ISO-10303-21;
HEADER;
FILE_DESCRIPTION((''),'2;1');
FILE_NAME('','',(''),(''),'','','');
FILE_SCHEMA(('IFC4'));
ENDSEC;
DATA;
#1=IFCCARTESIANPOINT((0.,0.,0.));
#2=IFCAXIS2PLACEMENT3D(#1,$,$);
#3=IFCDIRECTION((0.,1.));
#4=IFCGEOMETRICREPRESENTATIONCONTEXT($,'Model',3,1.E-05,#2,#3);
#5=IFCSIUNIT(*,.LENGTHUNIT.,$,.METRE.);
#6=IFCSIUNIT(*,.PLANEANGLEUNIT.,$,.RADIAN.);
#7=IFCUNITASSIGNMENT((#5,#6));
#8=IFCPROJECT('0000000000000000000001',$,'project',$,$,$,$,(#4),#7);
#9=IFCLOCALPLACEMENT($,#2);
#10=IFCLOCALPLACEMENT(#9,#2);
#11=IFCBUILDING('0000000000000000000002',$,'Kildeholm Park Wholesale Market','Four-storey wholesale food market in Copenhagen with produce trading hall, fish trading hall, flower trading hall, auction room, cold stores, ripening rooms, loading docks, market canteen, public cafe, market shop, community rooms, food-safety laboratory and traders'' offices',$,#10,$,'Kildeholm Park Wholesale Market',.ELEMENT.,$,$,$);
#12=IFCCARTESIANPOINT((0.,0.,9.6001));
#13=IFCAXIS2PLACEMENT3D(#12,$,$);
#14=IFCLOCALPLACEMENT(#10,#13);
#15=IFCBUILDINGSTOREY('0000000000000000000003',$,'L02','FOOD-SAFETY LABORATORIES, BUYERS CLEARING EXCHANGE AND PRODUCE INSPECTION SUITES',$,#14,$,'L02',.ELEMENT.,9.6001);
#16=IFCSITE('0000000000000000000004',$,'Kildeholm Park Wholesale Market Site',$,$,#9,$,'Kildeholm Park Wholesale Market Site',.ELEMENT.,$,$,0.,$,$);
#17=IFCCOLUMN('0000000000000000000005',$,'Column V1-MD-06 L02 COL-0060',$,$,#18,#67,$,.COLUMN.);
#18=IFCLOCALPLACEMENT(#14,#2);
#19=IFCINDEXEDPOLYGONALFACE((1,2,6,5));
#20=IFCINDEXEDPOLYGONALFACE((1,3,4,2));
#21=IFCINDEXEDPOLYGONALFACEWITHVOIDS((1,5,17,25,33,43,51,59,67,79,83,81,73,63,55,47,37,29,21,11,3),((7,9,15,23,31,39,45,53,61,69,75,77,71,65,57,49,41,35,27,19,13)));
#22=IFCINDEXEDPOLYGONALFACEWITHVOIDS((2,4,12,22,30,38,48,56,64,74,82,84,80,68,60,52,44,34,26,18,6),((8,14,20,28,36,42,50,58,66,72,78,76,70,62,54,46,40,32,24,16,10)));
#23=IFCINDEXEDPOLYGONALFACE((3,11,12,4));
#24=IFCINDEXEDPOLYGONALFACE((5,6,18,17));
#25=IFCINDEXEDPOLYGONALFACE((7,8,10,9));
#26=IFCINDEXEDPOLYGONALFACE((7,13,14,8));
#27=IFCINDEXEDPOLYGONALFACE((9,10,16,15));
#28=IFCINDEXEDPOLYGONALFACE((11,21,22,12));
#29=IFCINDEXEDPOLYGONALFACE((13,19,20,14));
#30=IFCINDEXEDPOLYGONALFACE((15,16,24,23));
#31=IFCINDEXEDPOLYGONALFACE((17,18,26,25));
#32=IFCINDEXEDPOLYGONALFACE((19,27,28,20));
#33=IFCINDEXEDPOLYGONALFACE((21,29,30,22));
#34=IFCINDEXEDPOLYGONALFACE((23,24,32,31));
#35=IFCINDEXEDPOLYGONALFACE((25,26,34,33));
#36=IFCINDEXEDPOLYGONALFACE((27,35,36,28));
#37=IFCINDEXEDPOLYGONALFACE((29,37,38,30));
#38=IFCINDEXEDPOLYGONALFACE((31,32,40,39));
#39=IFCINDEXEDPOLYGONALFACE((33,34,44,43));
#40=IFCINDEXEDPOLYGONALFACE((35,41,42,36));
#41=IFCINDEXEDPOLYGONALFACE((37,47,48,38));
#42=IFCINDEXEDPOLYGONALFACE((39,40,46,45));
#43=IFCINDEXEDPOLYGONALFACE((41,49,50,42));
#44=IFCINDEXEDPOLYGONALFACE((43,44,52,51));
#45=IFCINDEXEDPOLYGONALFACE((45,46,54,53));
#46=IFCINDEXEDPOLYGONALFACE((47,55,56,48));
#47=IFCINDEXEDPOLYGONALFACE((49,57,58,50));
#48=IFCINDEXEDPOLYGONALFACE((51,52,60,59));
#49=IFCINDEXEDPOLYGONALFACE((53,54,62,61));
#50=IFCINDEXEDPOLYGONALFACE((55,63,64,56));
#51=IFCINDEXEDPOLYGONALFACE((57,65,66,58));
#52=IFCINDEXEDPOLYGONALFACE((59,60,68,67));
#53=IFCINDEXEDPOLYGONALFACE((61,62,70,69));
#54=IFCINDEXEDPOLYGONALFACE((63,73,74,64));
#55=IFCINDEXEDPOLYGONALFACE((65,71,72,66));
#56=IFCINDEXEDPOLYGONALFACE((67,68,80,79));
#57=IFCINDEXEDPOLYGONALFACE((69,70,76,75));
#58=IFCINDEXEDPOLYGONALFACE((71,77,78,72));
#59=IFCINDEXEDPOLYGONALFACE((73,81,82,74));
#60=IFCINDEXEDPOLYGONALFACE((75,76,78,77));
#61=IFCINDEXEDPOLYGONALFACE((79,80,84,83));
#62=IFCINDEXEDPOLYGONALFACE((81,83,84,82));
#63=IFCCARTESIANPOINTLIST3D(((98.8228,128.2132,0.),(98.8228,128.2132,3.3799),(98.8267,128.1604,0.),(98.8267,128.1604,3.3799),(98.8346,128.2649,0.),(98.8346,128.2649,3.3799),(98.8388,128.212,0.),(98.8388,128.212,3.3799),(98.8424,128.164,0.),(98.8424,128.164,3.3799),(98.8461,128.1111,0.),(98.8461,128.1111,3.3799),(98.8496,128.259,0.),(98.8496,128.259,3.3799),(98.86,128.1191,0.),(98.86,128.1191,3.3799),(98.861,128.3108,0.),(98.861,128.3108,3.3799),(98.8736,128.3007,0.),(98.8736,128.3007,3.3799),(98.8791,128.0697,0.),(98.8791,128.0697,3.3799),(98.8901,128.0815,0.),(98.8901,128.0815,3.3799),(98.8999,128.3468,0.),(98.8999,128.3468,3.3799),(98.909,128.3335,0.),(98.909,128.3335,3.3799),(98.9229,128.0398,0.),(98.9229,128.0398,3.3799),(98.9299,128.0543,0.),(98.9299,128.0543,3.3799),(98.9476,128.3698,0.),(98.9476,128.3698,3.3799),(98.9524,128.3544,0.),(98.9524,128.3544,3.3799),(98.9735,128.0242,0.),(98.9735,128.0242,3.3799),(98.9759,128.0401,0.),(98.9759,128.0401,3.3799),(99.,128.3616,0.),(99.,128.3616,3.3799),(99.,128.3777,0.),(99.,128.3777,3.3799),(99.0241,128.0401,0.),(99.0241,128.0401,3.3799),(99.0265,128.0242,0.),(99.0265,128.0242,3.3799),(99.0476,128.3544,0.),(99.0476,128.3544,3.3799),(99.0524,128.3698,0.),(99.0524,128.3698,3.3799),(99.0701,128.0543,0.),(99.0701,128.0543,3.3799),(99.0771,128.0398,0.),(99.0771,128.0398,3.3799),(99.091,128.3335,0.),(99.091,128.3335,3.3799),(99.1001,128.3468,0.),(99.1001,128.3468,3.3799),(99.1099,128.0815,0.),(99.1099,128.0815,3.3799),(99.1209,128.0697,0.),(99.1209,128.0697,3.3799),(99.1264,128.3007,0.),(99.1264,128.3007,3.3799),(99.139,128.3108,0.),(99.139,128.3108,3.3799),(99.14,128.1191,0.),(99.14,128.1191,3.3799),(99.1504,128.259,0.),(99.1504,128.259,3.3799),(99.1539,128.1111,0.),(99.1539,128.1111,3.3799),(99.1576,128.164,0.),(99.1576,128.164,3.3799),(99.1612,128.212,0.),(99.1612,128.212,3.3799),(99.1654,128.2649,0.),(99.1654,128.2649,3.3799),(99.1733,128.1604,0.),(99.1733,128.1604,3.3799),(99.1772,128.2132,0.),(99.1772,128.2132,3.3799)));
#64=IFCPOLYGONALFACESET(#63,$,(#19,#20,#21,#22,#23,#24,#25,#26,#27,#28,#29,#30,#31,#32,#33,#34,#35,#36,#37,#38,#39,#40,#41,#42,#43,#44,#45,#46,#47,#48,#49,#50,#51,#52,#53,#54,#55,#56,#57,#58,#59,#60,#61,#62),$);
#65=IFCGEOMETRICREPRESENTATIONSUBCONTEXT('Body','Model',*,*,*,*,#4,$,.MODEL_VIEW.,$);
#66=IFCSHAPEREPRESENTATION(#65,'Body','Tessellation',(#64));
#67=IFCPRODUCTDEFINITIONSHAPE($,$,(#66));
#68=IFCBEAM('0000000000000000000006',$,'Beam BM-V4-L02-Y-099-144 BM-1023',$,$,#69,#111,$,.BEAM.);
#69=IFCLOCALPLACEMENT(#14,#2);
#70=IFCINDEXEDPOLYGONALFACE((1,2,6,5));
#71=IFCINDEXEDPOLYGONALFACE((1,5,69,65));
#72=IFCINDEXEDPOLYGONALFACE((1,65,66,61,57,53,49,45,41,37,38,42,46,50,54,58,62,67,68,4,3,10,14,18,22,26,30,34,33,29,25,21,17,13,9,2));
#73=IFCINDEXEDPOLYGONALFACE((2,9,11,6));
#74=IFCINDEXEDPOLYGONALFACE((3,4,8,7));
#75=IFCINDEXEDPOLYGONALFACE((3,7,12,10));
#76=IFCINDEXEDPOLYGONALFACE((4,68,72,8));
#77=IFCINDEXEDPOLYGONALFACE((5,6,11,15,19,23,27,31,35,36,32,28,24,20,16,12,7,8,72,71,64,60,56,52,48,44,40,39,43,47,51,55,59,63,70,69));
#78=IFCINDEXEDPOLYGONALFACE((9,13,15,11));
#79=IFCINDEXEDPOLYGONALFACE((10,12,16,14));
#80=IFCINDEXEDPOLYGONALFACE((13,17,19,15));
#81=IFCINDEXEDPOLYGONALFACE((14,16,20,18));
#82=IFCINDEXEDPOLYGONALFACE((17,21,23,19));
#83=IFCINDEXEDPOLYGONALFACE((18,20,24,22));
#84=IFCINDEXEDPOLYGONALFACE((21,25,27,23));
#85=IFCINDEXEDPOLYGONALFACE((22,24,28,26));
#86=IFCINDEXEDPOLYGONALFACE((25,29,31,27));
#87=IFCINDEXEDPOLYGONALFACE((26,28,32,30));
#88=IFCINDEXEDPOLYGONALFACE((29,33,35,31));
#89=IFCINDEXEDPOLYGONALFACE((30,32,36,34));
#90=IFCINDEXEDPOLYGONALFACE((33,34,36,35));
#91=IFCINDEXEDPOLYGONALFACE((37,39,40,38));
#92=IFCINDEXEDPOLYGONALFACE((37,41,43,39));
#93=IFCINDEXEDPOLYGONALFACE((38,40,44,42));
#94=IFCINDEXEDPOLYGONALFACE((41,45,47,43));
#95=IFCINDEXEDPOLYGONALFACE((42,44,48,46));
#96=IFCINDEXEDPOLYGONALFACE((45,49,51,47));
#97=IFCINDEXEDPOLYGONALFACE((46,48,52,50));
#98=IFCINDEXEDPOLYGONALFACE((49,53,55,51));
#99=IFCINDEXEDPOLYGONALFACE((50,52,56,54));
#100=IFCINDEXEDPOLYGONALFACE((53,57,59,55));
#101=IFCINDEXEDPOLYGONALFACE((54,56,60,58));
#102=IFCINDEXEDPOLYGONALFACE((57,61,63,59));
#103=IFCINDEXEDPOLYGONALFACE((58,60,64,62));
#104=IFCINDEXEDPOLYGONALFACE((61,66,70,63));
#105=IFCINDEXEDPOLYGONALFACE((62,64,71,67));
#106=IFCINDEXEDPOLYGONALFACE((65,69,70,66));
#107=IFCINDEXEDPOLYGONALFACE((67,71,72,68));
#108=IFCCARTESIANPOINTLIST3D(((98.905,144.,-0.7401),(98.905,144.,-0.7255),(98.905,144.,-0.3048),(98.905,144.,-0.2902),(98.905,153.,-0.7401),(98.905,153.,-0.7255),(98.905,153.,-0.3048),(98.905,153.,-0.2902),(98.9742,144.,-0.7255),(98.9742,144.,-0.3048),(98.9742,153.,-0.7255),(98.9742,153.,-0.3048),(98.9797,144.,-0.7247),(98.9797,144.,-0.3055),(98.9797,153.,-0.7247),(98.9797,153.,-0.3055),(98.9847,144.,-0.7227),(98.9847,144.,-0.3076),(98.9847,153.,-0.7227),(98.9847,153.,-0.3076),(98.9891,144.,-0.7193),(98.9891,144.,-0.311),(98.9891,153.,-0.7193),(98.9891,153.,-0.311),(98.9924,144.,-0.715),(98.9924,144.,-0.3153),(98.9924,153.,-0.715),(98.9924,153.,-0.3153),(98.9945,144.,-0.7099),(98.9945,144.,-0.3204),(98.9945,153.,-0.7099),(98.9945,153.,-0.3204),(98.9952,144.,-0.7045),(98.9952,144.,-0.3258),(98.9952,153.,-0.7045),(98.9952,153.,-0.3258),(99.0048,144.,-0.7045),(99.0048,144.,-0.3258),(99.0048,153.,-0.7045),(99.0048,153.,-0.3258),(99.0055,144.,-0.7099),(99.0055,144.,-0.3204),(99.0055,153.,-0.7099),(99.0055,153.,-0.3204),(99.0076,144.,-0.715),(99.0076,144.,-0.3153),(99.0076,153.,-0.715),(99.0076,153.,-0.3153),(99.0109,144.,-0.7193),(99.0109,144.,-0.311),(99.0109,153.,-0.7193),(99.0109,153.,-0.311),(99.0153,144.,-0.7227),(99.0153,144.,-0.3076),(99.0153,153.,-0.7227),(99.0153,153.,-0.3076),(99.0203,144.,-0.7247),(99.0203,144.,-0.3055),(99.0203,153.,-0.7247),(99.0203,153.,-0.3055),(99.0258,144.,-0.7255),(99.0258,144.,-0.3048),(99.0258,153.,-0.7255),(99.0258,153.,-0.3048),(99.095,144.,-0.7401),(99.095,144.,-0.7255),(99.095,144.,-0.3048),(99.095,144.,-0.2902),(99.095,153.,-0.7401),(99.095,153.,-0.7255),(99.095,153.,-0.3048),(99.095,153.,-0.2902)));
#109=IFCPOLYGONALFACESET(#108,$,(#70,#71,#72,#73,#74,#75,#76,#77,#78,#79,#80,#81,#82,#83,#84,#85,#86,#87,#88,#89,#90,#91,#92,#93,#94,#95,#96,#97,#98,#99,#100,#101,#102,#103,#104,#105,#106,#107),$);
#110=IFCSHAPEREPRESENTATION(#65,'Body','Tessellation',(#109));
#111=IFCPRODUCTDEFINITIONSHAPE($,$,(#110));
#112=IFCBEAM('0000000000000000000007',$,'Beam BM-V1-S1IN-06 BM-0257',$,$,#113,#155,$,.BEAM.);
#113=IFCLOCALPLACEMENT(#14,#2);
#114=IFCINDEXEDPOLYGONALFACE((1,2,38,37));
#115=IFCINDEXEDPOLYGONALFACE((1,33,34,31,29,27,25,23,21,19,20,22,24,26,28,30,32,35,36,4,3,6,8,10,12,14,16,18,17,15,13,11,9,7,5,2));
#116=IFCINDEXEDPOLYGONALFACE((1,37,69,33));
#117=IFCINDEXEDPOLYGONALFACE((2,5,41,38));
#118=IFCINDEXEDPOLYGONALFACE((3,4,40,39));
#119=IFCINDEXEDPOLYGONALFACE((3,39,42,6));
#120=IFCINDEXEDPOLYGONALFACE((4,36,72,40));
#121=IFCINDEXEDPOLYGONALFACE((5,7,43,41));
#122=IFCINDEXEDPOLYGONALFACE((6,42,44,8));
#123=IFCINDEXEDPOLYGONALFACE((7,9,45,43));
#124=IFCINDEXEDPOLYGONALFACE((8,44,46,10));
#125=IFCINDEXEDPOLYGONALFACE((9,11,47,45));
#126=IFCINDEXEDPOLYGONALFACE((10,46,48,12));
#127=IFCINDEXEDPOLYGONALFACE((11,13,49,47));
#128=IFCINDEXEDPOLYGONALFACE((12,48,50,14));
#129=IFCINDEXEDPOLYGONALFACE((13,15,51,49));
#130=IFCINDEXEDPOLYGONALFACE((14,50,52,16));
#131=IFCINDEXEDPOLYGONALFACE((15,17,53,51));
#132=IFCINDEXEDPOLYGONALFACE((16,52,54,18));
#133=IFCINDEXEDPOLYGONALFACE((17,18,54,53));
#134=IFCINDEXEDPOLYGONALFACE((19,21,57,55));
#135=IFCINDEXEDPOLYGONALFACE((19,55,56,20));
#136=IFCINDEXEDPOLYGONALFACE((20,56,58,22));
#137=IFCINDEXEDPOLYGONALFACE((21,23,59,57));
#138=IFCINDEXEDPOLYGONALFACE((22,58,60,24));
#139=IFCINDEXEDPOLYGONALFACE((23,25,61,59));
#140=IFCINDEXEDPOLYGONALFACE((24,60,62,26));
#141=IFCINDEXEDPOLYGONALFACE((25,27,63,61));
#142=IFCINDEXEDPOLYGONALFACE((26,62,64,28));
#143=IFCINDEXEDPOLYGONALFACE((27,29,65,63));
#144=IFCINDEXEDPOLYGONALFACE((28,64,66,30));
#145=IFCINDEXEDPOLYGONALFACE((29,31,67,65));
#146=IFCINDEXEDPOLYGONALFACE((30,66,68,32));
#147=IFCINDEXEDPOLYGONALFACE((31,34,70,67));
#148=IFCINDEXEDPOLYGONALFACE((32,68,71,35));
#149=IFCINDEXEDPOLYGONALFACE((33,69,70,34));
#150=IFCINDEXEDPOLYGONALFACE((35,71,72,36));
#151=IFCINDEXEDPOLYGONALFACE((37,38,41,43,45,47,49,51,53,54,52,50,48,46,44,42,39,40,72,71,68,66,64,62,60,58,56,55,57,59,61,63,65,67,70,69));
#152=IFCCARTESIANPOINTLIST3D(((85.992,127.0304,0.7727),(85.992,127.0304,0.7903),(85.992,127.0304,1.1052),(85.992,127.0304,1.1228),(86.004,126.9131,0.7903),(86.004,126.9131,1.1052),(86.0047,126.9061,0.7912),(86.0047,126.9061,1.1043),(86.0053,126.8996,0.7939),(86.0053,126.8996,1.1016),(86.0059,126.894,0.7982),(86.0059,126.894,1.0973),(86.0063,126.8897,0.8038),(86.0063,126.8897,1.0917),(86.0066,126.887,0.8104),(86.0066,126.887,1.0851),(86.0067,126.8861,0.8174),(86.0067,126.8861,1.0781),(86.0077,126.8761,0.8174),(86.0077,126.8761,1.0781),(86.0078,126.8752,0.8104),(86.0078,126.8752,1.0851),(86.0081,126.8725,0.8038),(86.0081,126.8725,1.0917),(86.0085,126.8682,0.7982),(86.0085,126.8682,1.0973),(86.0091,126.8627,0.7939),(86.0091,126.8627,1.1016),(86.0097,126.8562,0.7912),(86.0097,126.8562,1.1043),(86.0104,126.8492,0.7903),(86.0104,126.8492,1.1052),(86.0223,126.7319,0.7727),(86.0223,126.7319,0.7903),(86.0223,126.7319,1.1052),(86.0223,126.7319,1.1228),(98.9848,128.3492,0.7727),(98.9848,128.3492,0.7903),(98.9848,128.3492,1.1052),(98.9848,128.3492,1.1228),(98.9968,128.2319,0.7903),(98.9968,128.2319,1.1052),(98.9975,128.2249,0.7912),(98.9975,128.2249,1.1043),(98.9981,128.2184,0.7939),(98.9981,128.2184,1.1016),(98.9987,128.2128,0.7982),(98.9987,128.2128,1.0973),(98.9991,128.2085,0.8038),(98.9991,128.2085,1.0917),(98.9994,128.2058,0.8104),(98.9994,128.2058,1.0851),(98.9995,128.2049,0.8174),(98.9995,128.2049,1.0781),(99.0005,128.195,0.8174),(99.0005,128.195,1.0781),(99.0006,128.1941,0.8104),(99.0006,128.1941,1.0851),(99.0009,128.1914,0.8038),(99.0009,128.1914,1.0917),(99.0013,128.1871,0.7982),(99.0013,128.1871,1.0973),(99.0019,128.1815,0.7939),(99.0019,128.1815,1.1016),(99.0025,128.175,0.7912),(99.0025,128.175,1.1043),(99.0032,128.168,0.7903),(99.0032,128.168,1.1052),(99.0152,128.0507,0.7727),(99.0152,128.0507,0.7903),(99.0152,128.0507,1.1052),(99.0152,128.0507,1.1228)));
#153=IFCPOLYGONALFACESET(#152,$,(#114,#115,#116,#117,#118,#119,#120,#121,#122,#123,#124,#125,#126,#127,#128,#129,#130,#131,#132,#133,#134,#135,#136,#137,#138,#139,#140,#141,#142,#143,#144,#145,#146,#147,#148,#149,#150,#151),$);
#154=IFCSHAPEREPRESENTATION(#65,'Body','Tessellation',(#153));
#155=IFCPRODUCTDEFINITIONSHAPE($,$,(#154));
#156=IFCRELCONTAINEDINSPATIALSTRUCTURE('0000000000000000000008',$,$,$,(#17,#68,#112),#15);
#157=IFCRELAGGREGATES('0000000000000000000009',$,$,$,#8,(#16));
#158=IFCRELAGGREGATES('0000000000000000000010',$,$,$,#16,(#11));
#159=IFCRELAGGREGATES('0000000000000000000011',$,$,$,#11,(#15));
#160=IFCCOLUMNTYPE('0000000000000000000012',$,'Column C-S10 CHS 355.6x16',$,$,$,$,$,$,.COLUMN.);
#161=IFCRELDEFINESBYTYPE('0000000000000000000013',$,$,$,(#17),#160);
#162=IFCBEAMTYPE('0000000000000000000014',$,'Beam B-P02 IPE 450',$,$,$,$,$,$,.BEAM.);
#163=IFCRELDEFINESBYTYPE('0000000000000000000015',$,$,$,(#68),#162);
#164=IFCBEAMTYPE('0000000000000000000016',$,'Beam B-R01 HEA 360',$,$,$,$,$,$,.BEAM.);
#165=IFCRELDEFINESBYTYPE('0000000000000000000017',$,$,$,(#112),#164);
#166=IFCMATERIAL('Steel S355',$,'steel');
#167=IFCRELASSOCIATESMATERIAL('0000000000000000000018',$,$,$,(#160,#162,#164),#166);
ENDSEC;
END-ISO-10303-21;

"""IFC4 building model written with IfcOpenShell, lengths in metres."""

from ifc_helpers import new_model, si_unit, direction, frame, origin, origin_2d, place, context, subcontext, project, spatial, hollow_circle, i_section, extrude, material, material_profile, profile_set, type_object, element, save


model = new_model("IFC4")

# Units and contexts
model_context = context("Model", 3, precision=1e-05, world=origin(), true_north=direction((0.0, 1.0)))
body_context = subcontext(model_context, "Body", "Model", "MODEL_VIEW")
ifc_project = project(units=[si_unit("LENGTHUNIT", "METRE"), si_unit("PLANEANGLEUNIT", "RADIAN")], contexts=[model_context])

# Site, building, storey
site_placement = place(None, origin())
site = spatial("IfcSite", under=ifc_project, at=site_placement, Name="Kildeholm Park Wholesale Market Site", LongName="Kildeholm Park Wholesale Market Site", CompositionType="ELEMENT", RefElevation=0.0)
building_placement = place(site_placement, origin())
building = spatial("IfcBuilding", under=site, at=building_placement, Name="Kildeholm Park Wholesale Market", Description="Four-storey wholesale food market in Copenhagen with produce trading hall, fish trading hall, flower trading hall, auction room, cold stores, ripening rooms, loading docks, market canteen, public cafe, market shop, community rooms, food-safety laboratory and traders' offices", LongName="Kildeholm Park Wholesale Market", CompositionType="ELEMENT")
storey_placement = place(building_placement, frame((0.0, 0.0, 9.6001)))
storey = spatial("IfcBuildingStorey", under=building, at=storey_placement, Name="L02", Description="FOOD-SAFETY LABORATORIES, BUYERS CLEARING EXCHANGE AND PRODUCE INSPECTION SUITES", LongName="L02", CompositionType="ELEMENT", Elevation=9.6001)

# Column
ifc_material_1 = material(Name="Steel S355", Category="steel")
ifc_material_profile_1 = material_profile(ifc_material_1, hollow_circle(Radius=0.1777, WallThickness=0.0161, at=origin_2d()), Name="CHS 355.6x16")
ifc_profile_set_1 = profile_set([ifc_material_profile_1], Name="Steel S355")
column_type = type_object("IfcColumnType", Name="Column C-S10 CHS 355.6x16", PredefinedType="COLUMN", material=ifc_profile_set_1)
column_placement = place(storey_placement, frame((99.0, 128.2, 0.0), z_axis=(0.0, 0.0, 1.0), x_axis=(0.0, 1.0, 0.0)))
element("IfcColumn", 1, at=column_placement, inside=storey, type_object=column_type, Name="Column V1-MD-06 L02 COL-0060", PredefinedType="COLUMN", context=body_context, shape_type="SweptSolid", body=[
    extrude(hollow_circle(Radius=0.1777, WallThickness=0.0161, at=origin_2d()), origin(), (0.0, 0.0, 1.0), 3.3799),
])

# Beams
ifc_material_profile_2 = material_profile(ifc_material_1, i_section(OverallWidth=0.1899, OverallDepth=0.45, WebThickness=0.0095, FlangeThickness=0.0146, FilletRadius=0.021, at=origin_2d()), Name="IPE 450")
ifc_profile_set_2 = profile_set([ifc_material_profile_2], Name="Steel S355")
beam_type_1 = type_object("IfcBeamType", Name="Beam B-P02 IPE 450", PredefinedType="BEAM", material=ifc_profile_set_2)
beam_1_placement = place(storey_placement, frame((99.0, 144.0, -0.5151), z_axis=(0.0, 1.0, 0.0), x_axis=(-1.0, 0.0, 0.0)))
element("IfcBeam", 2, at=beam_1_placement, inside=storey, type_object=beam_type_1, Name="Beam BM-V4-L02-Y-099-144 BM-1023", PredefinedType="BEAM", context=body_context, shape_type="SweptSolid", body=[
    extrude(i_section(OverallWidth=0.1899, OverallDepth=0.45, WebThickness=0.0095, FlangeThickness=0.0146, FilletRadius=0.021, at=origin_2d()), origin(), (0.0, 0.0, 1.0), 9.0),
])
ifc_material_profile_3 = material_profile(ifc_material_1, i_section(OverallWidth=0.3, OverallDepth=0.3501, WebThickness=0.01, FlangeThickness=0.0176, FilletRadius=0.0271, at=origin_2d()), Name="HEA 360")
ifc_profile_set_3 = profile_set([ifc_material_profile_3], Name="Steel S355")
beam_type_2 = type_object("IfcBeamType", Name="Beam B-R01 HEA 360", PredefinedType="BEAM", material=ifc_profile_set_3)
beam_2_placement = place(storey_placement, frame((99.0, 128.2, 0.9478), z_axis=(-0.994888, -0.100986, 0.0), x_axis=(0.100986, -0.994888, 0.0)))
element("IfcBeam", 3, at=beam_2_placement, inside=storey, type_object=beam_type_2, Name="Beam BM-V1-S1IN-06 BM-0257", PredefinedType="BEAM", context=body_context, shape_type="SweptSolid", body=[
    extrude(i_section(OverallWidth=0.3, OverallDepth=0.3501, WebThickness=0.01, FlangeThickness=0.0176, FilletRadius=0.0271, at=origin_2d()), origin(), (0.0, 0.0, 1.0), 13.0596),
])

save(model, "model.ifc")
